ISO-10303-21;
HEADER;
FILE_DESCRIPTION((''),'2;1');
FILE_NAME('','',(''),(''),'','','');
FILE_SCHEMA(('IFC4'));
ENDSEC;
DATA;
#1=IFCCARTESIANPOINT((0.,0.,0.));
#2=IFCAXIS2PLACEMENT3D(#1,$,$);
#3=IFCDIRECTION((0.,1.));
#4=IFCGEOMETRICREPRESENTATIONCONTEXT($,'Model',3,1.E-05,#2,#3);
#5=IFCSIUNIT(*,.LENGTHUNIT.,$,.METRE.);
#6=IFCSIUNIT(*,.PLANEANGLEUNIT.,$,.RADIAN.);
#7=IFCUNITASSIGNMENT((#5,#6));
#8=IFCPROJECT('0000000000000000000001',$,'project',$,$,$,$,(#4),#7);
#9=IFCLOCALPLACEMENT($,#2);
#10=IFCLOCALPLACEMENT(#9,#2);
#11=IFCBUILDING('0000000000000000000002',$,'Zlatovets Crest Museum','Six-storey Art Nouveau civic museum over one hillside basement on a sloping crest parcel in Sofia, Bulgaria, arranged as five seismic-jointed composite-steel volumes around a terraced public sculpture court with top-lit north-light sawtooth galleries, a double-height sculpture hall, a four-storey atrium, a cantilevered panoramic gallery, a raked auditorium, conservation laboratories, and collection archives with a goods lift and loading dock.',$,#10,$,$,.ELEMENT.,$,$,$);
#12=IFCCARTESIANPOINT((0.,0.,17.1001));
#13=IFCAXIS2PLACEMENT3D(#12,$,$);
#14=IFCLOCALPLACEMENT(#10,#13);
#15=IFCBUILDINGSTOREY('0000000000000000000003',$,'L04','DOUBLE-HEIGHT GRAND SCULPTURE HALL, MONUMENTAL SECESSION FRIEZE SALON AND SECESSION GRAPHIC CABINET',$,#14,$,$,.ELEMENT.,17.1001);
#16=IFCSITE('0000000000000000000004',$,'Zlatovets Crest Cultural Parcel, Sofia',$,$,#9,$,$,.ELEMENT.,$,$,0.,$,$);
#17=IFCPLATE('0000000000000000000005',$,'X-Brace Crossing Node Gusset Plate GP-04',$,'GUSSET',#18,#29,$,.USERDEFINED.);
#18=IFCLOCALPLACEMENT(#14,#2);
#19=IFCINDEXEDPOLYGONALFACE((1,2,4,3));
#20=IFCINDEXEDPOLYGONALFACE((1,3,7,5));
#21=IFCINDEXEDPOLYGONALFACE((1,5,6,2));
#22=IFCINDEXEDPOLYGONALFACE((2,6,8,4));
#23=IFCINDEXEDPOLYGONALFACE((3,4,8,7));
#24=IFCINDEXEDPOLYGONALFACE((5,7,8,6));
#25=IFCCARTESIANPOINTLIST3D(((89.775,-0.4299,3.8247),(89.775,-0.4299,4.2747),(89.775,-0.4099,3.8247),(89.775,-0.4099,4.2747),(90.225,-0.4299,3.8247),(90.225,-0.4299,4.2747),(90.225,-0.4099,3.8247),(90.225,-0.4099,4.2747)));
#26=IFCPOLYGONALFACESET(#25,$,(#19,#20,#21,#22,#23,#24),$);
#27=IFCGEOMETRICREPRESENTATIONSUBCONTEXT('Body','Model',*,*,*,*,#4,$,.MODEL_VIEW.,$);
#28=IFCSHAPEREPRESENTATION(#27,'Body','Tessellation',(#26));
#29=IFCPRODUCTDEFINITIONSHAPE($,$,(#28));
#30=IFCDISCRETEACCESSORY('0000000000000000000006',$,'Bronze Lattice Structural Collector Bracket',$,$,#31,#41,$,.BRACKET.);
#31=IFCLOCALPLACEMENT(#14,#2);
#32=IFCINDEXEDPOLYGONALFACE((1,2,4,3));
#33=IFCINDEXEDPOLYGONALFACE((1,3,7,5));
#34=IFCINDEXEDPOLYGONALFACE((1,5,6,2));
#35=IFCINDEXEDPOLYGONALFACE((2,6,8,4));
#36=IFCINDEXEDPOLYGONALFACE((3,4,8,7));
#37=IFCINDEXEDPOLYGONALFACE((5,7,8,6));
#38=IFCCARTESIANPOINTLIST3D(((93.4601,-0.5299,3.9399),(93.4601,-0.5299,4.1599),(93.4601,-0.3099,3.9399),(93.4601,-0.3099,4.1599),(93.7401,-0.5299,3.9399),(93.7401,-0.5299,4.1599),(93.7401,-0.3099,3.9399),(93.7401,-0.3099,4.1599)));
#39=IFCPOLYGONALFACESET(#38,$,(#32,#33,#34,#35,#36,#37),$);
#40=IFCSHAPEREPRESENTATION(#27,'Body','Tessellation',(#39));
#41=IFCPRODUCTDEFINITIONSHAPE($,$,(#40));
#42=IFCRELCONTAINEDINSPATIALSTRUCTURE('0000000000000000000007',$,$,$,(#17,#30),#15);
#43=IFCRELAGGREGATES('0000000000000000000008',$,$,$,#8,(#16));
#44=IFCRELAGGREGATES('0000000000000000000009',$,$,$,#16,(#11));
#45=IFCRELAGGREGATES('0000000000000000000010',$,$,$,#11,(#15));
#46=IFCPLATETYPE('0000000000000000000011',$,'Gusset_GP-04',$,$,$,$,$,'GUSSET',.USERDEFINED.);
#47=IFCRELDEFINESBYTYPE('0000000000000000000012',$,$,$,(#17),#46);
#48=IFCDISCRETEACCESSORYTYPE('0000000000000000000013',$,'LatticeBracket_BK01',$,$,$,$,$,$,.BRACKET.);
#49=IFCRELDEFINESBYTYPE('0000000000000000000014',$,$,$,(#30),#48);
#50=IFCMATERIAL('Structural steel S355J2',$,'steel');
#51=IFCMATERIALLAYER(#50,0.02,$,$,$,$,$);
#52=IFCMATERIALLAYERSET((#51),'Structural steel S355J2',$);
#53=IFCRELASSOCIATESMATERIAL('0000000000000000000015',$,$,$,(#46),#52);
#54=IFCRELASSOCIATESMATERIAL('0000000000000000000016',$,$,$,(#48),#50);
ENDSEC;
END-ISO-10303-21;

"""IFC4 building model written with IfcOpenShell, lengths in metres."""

from ifc_helpers import new_model, si_unit, direction, frame, origin, origin_2d, place, context, subcontext, project, spatial, rectangle, extrude, material, layer, layer_set, type_object, element, save


model = new_model("IFC4")

# Units and contexts
model_context = context("Model", 3, precision=1e-05, world=origin(), true_north=direction((0.0, 1.0)))
body_context = subcontext(model_context, "Body", "Model", "MODEL_VIEW")
ifc_project = project(units=[si_unit("LENGTHUNIT", "METRE"), si_unit("PLANEANGLEUNIT", "RADIAN")], contexts=[model_context])

# Site, building, storey
site_placement = place(None, origin())
site = spatial("IfcSite", under=ifc_project, at=site_placement, Name="Zlatovets Crest Cultural Parcel, Sofia", CompositionType="ELEMENT", RefElevation=0.0)
building_placement = place(site_placement, origin())
building = spatial("IfcBuilding", under=site, at=building_placement, Name="Zlatovets Crest Museum", Description="Six-storey Art Nouveau civic museum over one hillside basement on a sloping crest parcel in Sofia, Bulgaria, arranged as five seismic-jointed composite-steel volumes around a terraced public sculpture court with top-lit north-light sawtooth galleries, a double-height sculpture hall, a four-storey atrium, a cantilevered panoramic gallery, a raked auditorium, conservation laboratories, and collection archives with a goods lift and loading dock.", CompositionType="ELEMENT")
storey_placement = place(building_placement, frame((0.0, 0.0, 17.1001)))
storey = spatial("IfcBuildingStorey", under=building, at=storey_placement, Name="L04", Description="DOUBLE-HEIGHT GRAND SCULPTURE HALL, MONUMENTAL SECESSION FRIEZE SALON AND SECESSION GRAPHIC CABINET", CompositionType="ELEMENT", Elevation=17.1001)

# Shared definitions
ifc_material_1 = material(Name="Structural steel S355J2", Category="steel")

# Plate
ifc_layer_1 = layer(ifc_material_1, 0.02)
ifc_layer_set_1 = layer_set([ifc_layer_1], Name="Structural steel S355J2")
plate_type_1 = type_object("IfcPlateType", Name="Gusset_GP-04", ElementType="GUSSET", PredefinedType="USERDEFINED", material=ifc_layer_set_1)
plate_1_placement = place(storey_placement, frame((90.0, -0.4199, 3.8247), z_axis=(0.0, 0.0, 1.0), x_axis=(1.0, 0.0, 0.0)))
element("IfcPlate", 1, at=plate_1_placement, inside=storey, type_object=plate_type_1, Name="X-Brace Crossing Node Gusset Plate GP-04", ObjectType="GUSSET", PredefinedType="USERDEFINED", context=body_context, shape_type="SweptSolid", body=[
    extrude(rectangle(XDim=0.45, YDim=0.02, at=origin_2d()), origin(), (0.0, 0.0, 1.0), 0.45),
])

# Discrete accessory
discrete_accessory_type = type_object("IfcDiscreteAccessoryType", Name="LatticeBracket_BK01", PredefinedType="BRACKET", material=ifc_material_1)
discrete_accessory_placement = place(storey_placement, frame((93.6001, -0.4199, 3.9399), z_axis=(0.0, 0.0, 1.0), x_axis=(1.0, 0.0, 0.0)))
element("IfcDiscreteAccessory", 2, at=discrete_accessory_placement, inside=storey, type_object=discrete_accessory_type, Name="Bronze Lattice Structural Collector Bracket", PredefinedType="BRACKET", context=body_context, shape_type="SweptSolid", body=[
    extrude(rectangle(XDim=0.28, YDim=0.22, at=origin_2d()), origin(), (0.0, 0.0, 1.0), 0.22),
])

save(model, "model.ifc")
